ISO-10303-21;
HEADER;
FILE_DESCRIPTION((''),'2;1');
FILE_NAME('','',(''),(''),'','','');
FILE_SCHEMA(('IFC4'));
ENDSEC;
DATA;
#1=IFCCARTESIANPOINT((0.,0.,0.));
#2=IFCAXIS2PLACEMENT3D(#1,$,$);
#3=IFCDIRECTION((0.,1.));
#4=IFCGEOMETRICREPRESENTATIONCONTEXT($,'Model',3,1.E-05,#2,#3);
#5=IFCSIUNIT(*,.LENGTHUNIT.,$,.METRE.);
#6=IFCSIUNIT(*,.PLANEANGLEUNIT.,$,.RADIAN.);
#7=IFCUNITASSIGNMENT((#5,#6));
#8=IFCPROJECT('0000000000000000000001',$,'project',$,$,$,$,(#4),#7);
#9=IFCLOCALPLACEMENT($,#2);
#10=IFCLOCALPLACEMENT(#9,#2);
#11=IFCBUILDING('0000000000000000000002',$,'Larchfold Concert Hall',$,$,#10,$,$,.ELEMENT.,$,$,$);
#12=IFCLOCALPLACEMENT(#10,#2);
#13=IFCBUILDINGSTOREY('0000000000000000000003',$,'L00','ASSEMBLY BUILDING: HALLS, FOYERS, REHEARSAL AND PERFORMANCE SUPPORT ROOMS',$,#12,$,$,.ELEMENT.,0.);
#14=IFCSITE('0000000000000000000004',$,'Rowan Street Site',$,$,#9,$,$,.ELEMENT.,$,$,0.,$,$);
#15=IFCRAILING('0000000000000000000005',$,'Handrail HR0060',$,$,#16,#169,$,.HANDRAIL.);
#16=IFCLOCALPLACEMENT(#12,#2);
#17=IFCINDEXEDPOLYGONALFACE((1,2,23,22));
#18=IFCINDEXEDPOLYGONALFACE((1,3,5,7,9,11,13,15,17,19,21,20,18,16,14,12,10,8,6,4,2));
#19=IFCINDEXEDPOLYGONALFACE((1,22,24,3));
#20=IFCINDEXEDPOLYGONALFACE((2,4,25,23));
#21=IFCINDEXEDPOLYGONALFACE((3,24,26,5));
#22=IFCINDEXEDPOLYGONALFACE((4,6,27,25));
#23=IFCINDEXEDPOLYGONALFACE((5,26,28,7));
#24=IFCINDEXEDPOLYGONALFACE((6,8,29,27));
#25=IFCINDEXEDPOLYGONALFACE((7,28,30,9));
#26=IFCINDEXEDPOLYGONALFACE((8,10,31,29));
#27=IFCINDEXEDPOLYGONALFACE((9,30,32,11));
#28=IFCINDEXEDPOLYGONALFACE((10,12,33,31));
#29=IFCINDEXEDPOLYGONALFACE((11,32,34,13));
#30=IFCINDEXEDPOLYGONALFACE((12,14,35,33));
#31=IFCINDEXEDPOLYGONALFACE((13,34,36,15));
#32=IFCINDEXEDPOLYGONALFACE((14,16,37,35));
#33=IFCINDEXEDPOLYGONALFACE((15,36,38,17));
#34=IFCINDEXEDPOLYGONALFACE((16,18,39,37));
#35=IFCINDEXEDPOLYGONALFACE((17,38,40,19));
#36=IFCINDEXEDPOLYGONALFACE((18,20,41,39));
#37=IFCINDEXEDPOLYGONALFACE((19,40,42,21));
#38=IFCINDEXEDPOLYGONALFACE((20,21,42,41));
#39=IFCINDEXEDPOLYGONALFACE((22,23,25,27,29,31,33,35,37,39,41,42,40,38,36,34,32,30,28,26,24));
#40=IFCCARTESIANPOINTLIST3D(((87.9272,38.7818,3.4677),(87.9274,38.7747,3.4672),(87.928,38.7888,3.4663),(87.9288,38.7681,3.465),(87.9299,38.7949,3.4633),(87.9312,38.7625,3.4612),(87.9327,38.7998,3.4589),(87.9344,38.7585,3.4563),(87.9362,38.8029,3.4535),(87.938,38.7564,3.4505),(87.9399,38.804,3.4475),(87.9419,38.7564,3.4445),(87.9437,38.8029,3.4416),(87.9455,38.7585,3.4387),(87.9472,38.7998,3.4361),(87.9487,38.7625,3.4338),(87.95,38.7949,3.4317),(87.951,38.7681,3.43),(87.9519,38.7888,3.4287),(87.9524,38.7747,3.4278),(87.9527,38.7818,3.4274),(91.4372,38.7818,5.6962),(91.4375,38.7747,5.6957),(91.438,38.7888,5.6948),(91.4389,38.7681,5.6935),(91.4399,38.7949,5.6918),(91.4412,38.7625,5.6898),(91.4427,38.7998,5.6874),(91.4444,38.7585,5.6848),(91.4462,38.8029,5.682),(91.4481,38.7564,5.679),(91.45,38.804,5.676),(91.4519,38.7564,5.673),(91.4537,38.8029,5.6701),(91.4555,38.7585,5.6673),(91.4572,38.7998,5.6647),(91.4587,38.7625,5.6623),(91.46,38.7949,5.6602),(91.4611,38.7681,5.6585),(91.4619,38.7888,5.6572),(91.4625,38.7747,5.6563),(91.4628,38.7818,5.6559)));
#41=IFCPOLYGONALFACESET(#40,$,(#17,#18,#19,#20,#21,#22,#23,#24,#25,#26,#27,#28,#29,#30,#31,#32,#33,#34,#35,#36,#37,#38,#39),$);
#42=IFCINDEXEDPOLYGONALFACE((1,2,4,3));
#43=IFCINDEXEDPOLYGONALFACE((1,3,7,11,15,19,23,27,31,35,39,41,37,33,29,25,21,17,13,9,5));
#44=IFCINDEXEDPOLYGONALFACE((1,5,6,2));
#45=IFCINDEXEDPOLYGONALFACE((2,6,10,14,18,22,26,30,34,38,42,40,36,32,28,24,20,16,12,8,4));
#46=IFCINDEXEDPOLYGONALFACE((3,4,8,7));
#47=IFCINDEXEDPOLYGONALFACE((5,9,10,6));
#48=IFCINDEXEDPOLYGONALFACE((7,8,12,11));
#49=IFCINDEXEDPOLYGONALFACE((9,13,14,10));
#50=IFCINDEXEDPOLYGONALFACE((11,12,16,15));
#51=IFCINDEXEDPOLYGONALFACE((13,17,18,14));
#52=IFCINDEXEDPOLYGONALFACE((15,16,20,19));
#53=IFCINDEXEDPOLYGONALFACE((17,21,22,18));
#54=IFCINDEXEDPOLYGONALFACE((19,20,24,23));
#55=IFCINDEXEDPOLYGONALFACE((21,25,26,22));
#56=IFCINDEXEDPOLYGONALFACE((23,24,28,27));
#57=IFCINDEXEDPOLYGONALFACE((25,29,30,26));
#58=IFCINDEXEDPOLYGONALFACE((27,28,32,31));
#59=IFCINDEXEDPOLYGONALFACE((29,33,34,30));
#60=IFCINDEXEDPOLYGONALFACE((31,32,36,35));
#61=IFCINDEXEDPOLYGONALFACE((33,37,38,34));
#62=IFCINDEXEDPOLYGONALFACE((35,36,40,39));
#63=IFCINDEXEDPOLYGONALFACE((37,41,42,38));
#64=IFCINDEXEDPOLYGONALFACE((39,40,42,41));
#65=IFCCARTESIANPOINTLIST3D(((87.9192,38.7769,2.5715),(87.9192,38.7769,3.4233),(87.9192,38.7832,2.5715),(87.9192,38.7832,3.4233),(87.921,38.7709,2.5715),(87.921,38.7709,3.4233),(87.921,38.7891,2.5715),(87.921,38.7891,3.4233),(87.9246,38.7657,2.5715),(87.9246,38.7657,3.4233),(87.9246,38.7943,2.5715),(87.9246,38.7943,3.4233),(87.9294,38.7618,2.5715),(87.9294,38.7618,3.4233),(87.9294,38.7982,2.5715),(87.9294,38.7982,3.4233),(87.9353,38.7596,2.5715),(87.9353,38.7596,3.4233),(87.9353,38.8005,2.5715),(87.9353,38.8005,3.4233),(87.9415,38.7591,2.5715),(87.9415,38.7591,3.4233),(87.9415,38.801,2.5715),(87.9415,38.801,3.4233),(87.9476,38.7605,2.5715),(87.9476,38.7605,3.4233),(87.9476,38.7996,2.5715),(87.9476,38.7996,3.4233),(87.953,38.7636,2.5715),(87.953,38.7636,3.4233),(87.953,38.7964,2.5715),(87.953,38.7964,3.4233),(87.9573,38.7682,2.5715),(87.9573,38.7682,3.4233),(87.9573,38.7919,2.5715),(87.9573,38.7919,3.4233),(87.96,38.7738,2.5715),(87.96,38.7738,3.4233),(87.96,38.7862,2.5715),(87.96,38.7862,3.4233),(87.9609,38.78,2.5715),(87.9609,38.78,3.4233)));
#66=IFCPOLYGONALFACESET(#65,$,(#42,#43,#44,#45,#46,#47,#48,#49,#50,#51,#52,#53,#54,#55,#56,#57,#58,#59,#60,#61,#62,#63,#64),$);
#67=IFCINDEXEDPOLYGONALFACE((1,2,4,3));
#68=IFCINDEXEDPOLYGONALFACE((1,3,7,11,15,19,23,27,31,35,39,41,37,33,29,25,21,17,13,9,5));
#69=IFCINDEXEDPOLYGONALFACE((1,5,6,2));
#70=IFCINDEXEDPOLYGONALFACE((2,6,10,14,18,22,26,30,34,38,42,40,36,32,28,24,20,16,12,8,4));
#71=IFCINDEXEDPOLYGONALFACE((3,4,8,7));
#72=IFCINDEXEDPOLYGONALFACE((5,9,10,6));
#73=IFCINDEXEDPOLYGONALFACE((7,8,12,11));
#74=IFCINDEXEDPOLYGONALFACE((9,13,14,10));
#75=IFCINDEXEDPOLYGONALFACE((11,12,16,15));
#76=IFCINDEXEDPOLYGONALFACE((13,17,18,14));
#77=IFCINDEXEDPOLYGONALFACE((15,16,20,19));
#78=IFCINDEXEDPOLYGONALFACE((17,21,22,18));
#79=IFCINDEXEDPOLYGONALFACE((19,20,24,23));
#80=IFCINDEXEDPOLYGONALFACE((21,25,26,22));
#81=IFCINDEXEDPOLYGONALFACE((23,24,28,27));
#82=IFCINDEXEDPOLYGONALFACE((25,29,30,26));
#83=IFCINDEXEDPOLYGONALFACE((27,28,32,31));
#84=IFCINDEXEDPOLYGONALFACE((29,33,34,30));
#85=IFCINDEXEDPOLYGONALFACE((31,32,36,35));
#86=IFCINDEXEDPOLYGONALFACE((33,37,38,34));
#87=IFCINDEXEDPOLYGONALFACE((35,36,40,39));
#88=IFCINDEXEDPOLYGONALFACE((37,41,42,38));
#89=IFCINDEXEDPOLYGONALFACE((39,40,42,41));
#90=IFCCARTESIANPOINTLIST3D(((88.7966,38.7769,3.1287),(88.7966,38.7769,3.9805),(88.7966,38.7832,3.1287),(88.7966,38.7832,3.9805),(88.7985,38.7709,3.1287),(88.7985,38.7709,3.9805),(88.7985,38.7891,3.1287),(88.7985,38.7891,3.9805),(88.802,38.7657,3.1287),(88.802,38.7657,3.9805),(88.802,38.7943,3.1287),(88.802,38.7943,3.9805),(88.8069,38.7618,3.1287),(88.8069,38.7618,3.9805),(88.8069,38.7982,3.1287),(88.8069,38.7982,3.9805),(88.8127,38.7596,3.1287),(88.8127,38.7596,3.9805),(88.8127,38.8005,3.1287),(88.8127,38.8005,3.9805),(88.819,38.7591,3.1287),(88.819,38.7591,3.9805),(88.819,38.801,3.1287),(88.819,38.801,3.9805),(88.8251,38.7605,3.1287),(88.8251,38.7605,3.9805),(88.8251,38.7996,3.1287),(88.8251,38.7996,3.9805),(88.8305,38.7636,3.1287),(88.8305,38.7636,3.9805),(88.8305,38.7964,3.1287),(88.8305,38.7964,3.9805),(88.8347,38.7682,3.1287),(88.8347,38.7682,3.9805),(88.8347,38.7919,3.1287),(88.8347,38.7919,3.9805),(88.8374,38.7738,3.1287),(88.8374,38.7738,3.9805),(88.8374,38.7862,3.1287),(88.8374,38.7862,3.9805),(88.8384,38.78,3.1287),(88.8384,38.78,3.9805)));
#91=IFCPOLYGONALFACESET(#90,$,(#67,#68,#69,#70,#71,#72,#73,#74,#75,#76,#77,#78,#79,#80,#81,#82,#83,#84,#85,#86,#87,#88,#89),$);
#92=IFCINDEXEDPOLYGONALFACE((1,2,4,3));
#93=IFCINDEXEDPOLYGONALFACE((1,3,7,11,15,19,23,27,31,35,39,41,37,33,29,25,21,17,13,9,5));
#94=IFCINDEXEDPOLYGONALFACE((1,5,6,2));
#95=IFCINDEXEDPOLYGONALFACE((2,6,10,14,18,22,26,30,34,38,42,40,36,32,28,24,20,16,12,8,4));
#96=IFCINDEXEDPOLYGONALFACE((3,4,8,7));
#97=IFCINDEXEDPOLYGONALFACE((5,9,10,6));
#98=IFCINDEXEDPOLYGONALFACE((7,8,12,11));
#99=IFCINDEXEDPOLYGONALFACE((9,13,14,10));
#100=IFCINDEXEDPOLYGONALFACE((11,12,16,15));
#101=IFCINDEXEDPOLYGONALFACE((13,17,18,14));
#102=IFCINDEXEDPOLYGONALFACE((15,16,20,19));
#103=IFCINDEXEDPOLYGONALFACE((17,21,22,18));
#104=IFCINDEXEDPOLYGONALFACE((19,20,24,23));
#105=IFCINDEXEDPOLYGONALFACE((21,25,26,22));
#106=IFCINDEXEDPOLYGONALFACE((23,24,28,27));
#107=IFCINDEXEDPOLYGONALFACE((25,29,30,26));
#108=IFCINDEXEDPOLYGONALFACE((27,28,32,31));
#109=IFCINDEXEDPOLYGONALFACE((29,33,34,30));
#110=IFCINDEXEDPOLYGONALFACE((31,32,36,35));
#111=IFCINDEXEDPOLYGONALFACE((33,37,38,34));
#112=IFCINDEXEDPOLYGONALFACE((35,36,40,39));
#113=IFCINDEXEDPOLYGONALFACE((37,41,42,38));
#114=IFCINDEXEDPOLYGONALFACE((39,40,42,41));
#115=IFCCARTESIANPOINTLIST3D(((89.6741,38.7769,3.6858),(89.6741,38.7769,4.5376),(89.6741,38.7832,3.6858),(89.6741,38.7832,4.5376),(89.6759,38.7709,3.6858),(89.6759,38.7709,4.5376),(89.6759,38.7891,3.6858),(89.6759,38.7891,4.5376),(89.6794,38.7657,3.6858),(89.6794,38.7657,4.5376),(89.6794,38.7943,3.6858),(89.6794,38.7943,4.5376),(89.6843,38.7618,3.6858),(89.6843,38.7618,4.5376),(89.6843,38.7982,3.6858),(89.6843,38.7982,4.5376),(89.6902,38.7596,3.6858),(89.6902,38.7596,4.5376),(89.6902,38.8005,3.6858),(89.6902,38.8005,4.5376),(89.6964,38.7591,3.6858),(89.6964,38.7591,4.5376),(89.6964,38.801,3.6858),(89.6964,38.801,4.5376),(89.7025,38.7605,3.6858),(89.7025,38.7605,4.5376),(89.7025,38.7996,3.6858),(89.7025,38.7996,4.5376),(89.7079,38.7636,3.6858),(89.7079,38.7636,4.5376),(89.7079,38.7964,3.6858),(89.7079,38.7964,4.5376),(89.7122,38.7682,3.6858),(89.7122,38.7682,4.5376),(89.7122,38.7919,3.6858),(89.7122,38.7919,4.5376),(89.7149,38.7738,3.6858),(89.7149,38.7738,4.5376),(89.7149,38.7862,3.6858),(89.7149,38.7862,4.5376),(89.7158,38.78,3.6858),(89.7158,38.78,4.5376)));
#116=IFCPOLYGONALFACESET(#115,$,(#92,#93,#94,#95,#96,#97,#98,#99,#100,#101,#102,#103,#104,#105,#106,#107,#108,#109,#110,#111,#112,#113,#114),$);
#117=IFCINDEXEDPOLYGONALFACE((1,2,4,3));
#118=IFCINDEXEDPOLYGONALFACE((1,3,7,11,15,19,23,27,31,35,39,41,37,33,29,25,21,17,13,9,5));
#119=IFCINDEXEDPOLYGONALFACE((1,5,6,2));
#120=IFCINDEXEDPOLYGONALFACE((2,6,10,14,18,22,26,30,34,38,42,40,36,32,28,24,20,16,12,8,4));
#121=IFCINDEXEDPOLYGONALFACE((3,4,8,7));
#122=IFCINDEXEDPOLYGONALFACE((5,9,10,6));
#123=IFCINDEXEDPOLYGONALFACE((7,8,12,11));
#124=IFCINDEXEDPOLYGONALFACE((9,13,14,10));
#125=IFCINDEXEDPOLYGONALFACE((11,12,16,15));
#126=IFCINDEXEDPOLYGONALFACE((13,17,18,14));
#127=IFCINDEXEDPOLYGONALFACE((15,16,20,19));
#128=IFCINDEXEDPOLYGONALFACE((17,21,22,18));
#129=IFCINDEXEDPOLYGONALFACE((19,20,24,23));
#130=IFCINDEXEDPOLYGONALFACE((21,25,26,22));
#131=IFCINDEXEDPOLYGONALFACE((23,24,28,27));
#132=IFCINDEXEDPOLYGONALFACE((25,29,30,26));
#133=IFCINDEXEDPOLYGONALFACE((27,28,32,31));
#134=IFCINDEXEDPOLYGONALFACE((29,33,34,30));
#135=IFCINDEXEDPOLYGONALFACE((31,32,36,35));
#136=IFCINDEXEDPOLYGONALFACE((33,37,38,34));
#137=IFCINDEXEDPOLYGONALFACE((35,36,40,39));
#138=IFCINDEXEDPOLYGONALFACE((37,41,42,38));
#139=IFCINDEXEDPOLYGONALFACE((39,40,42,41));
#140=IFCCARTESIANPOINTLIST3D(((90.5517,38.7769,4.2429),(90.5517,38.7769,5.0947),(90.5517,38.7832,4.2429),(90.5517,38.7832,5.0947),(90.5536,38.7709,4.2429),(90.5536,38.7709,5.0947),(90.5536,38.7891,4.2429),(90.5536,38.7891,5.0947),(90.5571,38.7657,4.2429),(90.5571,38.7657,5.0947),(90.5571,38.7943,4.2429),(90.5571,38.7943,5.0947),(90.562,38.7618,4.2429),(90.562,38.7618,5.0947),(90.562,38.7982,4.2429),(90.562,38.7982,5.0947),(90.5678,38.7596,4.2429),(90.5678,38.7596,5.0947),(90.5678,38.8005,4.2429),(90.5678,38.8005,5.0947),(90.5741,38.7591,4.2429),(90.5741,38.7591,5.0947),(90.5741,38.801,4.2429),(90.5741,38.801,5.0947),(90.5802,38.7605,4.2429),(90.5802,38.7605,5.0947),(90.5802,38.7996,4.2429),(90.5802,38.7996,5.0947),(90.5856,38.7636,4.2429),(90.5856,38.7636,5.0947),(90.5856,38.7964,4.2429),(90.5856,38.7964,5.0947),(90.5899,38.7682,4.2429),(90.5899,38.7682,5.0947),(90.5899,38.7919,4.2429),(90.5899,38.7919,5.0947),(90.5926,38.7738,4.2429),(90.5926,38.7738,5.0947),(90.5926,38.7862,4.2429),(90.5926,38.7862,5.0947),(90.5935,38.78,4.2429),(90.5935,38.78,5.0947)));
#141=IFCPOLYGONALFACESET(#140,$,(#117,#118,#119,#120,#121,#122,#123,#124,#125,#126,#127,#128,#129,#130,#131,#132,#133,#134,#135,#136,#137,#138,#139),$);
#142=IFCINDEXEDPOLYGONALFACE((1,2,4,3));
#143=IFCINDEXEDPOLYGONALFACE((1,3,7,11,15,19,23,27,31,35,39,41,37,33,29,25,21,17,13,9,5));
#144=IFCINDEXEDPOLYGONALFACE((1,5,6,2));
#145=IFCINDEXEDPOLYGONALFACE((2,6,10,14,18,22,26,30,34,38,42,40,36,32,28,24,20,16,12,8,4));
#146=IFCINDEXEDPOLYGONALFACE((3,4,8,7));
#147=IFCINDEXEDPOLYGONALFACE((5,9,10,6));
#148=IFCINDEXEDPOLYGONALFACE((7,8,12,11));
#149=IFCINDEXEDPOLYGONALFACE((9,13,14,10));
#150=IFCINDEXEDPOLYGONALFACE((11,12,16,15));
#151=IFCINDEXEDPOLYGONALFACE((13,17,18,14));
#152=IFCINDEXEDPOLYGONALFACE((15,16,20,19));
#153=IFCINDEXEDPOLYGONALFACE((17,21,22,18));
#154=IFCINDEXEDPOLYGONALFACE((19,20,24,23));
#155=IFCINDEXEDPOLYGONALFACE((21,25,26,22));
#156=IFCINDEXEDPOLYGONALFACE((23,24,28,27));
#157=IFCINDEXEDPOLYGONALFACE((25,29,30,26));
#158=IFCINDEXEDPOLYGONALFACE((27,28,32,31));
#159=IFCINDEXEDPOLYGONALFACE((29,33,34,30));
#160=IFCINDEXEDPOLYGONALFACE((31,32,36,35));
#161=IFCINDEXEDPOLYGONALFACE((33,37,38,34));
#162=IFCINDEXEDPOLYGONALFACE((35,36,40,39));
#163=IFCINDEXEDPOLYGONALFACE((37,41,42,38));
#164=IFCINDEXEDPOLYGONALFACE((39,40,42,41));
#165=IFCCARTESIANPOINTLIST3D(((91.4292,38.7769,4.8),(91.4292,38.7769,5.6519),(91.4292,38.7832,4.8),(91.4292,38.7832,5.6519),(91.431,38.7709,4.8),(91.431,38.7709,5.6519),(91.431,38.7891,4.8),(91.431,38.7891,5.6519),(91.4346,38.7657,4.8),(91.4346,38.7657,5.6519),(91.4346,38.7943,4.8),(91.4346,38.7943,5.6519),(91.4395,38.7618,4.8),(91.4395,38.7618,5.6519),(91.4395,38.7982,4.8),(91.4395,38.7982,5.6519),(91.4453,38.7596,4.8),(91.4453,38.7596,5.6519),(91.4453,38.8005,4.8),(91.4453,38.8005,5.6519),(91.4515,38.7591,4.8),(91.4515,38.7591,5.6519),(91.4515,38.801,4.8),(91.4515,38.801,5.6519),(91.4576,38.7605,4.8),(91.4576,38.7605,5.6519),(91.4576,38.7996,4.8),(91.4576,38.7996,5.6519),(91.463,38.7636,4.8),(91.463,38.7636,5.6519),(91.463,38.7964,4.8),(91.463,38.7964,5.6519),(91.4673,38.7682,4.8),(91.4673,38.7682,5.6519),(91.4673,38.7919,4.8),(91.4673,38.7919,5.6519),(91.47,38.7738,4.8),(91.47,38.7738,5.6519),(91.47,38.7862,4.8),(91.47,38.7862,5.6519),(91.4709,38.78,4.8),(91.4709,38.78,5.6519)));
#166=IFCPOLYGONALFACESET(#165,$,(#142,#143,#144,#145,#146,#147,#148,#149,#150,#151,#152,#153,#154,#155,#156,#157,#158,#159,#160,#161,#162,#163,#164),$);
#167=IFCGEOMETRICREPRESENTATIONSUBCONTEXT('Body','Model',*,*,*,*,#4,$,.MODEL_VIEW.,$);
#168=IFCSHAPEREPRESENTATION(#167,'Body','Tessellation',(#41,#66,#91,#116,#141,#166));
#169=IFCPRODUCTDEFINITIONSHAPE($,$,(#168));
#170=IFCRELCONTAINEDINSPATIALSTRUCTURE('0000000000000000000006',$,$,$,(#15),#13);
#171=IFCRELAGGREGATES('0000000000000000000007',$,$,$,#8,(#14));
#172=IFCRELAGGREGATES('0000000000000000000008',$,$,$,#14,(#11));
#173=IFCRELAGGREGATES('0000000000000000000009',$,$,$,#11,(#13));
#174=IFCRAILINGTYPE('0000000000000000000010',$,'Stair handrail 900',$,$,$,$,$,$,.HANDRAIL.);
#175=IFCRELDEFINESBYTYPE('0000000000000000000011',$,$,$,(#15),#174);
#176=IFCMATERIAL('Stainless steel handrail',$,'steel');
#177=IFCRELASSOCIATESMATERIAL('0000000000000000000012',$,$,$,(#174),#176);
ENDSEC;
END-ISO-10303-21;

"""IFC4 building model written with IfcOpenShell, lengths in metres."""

from ifc_helpers import new_model, si_unit, direction, frame, origin, origin_2d, place, context, subcontext, project, spatial, circle, extrude, material, type_object, element, save


model = new_model("IFC4")

# Units and contexts
model_context = context("Model", 3, precision=1e-05, world=origin(), true_north=direction((0.0, 1.0)))
body_context = subcontext(model_context, "Body", "Model", "MODEL_VIEW")
ifc_project = project(units=[si_unit("LENGTHUNIT", "METRE"), si_unit("PLANEANGLEUNIT", "RADIAN")], contexts=[model_context])

# Site, building, storey
site_placement = place(None, origin())
site = spatial("IfcSite", under=ifc_project, at=site_placement, Name="Rowan Street Site", CompositionType="ELEMENT", RefElevation=0.0)
building_placement = place(site_placement, origin())
building = spatial("IfcBuilding", under=site, at=building_placement, Name="Larchfold Concert Hall", CompositionType="ELEMENT")
storey_placement = place(building_placement, origin())
storey = spatial("IfcBuildingStorey", under=building, at=storey_placement, Name="L00", Description="ASSEMBLY BUILDING: HALLS, FOYERS, REHEARSAL AND PERFORMANCE SUPPORT ROOMS", CompositionType="ELEMENT", Elevation=0.0)

# Railing
ifc_material_1 = material(Name="Stainless steel handrail", Category="steel")
railing_type_1 = type_object("IfcRailingType", Name="Stair handrail 900", PredefinedType="HANDRAIL", material=ifc_material_1)
for number, where, name in (
    (1, (87.9399, 38.78, 2.5715), "Handrail HR0060"),
):
    element("IfcRailing", number, at=place(storey_placement, frame(where)), inside=storey, type_object=railing_type_1, Name=name, PredefinedType="HANDRAIL", context=body_context, shape_type="SweptSolid", body=[
        extrude(circle(Radius=0.0239, at=origin_2d()), frame((0.0, 0.0, 0.876), z_axis=(0.84422, 0.0, 0.535998), x_axis=(0.0, 1.0, 0.0)), (0.0, 0.0, 1.0), 4.1577),
        extrude(circle(Radius=0.021, at=origin_2d()), origin(), (0.0, 0.0, 1.0), 0.8518),
        extrude(circle(Radius=0.021, at=origin_2d()), frame((0.8774, 0.0, 0.5571)), (0.0, 0.0, 1.0), 0.8518),
        extrude(circle(Radius=0.021, at=origin_2d()), frame((1.7549, 0.0, 1.1143)), (0.0, 0.0, 1.0), 0.8518),
        extrude(circle(Radius=0.021, at=origin_2d()), frame((2.6326, 0.0, 1.6714)), (0.0, 0.0, 1.0), 0.8518),
        extrude(circle(Radius=0.021, at=origin_2d()), frame((3.51, 0.0, 2.2285)), (0.0, 0.0, 1.0), 0.8518),
    ])

save(model, "model.ifc")
